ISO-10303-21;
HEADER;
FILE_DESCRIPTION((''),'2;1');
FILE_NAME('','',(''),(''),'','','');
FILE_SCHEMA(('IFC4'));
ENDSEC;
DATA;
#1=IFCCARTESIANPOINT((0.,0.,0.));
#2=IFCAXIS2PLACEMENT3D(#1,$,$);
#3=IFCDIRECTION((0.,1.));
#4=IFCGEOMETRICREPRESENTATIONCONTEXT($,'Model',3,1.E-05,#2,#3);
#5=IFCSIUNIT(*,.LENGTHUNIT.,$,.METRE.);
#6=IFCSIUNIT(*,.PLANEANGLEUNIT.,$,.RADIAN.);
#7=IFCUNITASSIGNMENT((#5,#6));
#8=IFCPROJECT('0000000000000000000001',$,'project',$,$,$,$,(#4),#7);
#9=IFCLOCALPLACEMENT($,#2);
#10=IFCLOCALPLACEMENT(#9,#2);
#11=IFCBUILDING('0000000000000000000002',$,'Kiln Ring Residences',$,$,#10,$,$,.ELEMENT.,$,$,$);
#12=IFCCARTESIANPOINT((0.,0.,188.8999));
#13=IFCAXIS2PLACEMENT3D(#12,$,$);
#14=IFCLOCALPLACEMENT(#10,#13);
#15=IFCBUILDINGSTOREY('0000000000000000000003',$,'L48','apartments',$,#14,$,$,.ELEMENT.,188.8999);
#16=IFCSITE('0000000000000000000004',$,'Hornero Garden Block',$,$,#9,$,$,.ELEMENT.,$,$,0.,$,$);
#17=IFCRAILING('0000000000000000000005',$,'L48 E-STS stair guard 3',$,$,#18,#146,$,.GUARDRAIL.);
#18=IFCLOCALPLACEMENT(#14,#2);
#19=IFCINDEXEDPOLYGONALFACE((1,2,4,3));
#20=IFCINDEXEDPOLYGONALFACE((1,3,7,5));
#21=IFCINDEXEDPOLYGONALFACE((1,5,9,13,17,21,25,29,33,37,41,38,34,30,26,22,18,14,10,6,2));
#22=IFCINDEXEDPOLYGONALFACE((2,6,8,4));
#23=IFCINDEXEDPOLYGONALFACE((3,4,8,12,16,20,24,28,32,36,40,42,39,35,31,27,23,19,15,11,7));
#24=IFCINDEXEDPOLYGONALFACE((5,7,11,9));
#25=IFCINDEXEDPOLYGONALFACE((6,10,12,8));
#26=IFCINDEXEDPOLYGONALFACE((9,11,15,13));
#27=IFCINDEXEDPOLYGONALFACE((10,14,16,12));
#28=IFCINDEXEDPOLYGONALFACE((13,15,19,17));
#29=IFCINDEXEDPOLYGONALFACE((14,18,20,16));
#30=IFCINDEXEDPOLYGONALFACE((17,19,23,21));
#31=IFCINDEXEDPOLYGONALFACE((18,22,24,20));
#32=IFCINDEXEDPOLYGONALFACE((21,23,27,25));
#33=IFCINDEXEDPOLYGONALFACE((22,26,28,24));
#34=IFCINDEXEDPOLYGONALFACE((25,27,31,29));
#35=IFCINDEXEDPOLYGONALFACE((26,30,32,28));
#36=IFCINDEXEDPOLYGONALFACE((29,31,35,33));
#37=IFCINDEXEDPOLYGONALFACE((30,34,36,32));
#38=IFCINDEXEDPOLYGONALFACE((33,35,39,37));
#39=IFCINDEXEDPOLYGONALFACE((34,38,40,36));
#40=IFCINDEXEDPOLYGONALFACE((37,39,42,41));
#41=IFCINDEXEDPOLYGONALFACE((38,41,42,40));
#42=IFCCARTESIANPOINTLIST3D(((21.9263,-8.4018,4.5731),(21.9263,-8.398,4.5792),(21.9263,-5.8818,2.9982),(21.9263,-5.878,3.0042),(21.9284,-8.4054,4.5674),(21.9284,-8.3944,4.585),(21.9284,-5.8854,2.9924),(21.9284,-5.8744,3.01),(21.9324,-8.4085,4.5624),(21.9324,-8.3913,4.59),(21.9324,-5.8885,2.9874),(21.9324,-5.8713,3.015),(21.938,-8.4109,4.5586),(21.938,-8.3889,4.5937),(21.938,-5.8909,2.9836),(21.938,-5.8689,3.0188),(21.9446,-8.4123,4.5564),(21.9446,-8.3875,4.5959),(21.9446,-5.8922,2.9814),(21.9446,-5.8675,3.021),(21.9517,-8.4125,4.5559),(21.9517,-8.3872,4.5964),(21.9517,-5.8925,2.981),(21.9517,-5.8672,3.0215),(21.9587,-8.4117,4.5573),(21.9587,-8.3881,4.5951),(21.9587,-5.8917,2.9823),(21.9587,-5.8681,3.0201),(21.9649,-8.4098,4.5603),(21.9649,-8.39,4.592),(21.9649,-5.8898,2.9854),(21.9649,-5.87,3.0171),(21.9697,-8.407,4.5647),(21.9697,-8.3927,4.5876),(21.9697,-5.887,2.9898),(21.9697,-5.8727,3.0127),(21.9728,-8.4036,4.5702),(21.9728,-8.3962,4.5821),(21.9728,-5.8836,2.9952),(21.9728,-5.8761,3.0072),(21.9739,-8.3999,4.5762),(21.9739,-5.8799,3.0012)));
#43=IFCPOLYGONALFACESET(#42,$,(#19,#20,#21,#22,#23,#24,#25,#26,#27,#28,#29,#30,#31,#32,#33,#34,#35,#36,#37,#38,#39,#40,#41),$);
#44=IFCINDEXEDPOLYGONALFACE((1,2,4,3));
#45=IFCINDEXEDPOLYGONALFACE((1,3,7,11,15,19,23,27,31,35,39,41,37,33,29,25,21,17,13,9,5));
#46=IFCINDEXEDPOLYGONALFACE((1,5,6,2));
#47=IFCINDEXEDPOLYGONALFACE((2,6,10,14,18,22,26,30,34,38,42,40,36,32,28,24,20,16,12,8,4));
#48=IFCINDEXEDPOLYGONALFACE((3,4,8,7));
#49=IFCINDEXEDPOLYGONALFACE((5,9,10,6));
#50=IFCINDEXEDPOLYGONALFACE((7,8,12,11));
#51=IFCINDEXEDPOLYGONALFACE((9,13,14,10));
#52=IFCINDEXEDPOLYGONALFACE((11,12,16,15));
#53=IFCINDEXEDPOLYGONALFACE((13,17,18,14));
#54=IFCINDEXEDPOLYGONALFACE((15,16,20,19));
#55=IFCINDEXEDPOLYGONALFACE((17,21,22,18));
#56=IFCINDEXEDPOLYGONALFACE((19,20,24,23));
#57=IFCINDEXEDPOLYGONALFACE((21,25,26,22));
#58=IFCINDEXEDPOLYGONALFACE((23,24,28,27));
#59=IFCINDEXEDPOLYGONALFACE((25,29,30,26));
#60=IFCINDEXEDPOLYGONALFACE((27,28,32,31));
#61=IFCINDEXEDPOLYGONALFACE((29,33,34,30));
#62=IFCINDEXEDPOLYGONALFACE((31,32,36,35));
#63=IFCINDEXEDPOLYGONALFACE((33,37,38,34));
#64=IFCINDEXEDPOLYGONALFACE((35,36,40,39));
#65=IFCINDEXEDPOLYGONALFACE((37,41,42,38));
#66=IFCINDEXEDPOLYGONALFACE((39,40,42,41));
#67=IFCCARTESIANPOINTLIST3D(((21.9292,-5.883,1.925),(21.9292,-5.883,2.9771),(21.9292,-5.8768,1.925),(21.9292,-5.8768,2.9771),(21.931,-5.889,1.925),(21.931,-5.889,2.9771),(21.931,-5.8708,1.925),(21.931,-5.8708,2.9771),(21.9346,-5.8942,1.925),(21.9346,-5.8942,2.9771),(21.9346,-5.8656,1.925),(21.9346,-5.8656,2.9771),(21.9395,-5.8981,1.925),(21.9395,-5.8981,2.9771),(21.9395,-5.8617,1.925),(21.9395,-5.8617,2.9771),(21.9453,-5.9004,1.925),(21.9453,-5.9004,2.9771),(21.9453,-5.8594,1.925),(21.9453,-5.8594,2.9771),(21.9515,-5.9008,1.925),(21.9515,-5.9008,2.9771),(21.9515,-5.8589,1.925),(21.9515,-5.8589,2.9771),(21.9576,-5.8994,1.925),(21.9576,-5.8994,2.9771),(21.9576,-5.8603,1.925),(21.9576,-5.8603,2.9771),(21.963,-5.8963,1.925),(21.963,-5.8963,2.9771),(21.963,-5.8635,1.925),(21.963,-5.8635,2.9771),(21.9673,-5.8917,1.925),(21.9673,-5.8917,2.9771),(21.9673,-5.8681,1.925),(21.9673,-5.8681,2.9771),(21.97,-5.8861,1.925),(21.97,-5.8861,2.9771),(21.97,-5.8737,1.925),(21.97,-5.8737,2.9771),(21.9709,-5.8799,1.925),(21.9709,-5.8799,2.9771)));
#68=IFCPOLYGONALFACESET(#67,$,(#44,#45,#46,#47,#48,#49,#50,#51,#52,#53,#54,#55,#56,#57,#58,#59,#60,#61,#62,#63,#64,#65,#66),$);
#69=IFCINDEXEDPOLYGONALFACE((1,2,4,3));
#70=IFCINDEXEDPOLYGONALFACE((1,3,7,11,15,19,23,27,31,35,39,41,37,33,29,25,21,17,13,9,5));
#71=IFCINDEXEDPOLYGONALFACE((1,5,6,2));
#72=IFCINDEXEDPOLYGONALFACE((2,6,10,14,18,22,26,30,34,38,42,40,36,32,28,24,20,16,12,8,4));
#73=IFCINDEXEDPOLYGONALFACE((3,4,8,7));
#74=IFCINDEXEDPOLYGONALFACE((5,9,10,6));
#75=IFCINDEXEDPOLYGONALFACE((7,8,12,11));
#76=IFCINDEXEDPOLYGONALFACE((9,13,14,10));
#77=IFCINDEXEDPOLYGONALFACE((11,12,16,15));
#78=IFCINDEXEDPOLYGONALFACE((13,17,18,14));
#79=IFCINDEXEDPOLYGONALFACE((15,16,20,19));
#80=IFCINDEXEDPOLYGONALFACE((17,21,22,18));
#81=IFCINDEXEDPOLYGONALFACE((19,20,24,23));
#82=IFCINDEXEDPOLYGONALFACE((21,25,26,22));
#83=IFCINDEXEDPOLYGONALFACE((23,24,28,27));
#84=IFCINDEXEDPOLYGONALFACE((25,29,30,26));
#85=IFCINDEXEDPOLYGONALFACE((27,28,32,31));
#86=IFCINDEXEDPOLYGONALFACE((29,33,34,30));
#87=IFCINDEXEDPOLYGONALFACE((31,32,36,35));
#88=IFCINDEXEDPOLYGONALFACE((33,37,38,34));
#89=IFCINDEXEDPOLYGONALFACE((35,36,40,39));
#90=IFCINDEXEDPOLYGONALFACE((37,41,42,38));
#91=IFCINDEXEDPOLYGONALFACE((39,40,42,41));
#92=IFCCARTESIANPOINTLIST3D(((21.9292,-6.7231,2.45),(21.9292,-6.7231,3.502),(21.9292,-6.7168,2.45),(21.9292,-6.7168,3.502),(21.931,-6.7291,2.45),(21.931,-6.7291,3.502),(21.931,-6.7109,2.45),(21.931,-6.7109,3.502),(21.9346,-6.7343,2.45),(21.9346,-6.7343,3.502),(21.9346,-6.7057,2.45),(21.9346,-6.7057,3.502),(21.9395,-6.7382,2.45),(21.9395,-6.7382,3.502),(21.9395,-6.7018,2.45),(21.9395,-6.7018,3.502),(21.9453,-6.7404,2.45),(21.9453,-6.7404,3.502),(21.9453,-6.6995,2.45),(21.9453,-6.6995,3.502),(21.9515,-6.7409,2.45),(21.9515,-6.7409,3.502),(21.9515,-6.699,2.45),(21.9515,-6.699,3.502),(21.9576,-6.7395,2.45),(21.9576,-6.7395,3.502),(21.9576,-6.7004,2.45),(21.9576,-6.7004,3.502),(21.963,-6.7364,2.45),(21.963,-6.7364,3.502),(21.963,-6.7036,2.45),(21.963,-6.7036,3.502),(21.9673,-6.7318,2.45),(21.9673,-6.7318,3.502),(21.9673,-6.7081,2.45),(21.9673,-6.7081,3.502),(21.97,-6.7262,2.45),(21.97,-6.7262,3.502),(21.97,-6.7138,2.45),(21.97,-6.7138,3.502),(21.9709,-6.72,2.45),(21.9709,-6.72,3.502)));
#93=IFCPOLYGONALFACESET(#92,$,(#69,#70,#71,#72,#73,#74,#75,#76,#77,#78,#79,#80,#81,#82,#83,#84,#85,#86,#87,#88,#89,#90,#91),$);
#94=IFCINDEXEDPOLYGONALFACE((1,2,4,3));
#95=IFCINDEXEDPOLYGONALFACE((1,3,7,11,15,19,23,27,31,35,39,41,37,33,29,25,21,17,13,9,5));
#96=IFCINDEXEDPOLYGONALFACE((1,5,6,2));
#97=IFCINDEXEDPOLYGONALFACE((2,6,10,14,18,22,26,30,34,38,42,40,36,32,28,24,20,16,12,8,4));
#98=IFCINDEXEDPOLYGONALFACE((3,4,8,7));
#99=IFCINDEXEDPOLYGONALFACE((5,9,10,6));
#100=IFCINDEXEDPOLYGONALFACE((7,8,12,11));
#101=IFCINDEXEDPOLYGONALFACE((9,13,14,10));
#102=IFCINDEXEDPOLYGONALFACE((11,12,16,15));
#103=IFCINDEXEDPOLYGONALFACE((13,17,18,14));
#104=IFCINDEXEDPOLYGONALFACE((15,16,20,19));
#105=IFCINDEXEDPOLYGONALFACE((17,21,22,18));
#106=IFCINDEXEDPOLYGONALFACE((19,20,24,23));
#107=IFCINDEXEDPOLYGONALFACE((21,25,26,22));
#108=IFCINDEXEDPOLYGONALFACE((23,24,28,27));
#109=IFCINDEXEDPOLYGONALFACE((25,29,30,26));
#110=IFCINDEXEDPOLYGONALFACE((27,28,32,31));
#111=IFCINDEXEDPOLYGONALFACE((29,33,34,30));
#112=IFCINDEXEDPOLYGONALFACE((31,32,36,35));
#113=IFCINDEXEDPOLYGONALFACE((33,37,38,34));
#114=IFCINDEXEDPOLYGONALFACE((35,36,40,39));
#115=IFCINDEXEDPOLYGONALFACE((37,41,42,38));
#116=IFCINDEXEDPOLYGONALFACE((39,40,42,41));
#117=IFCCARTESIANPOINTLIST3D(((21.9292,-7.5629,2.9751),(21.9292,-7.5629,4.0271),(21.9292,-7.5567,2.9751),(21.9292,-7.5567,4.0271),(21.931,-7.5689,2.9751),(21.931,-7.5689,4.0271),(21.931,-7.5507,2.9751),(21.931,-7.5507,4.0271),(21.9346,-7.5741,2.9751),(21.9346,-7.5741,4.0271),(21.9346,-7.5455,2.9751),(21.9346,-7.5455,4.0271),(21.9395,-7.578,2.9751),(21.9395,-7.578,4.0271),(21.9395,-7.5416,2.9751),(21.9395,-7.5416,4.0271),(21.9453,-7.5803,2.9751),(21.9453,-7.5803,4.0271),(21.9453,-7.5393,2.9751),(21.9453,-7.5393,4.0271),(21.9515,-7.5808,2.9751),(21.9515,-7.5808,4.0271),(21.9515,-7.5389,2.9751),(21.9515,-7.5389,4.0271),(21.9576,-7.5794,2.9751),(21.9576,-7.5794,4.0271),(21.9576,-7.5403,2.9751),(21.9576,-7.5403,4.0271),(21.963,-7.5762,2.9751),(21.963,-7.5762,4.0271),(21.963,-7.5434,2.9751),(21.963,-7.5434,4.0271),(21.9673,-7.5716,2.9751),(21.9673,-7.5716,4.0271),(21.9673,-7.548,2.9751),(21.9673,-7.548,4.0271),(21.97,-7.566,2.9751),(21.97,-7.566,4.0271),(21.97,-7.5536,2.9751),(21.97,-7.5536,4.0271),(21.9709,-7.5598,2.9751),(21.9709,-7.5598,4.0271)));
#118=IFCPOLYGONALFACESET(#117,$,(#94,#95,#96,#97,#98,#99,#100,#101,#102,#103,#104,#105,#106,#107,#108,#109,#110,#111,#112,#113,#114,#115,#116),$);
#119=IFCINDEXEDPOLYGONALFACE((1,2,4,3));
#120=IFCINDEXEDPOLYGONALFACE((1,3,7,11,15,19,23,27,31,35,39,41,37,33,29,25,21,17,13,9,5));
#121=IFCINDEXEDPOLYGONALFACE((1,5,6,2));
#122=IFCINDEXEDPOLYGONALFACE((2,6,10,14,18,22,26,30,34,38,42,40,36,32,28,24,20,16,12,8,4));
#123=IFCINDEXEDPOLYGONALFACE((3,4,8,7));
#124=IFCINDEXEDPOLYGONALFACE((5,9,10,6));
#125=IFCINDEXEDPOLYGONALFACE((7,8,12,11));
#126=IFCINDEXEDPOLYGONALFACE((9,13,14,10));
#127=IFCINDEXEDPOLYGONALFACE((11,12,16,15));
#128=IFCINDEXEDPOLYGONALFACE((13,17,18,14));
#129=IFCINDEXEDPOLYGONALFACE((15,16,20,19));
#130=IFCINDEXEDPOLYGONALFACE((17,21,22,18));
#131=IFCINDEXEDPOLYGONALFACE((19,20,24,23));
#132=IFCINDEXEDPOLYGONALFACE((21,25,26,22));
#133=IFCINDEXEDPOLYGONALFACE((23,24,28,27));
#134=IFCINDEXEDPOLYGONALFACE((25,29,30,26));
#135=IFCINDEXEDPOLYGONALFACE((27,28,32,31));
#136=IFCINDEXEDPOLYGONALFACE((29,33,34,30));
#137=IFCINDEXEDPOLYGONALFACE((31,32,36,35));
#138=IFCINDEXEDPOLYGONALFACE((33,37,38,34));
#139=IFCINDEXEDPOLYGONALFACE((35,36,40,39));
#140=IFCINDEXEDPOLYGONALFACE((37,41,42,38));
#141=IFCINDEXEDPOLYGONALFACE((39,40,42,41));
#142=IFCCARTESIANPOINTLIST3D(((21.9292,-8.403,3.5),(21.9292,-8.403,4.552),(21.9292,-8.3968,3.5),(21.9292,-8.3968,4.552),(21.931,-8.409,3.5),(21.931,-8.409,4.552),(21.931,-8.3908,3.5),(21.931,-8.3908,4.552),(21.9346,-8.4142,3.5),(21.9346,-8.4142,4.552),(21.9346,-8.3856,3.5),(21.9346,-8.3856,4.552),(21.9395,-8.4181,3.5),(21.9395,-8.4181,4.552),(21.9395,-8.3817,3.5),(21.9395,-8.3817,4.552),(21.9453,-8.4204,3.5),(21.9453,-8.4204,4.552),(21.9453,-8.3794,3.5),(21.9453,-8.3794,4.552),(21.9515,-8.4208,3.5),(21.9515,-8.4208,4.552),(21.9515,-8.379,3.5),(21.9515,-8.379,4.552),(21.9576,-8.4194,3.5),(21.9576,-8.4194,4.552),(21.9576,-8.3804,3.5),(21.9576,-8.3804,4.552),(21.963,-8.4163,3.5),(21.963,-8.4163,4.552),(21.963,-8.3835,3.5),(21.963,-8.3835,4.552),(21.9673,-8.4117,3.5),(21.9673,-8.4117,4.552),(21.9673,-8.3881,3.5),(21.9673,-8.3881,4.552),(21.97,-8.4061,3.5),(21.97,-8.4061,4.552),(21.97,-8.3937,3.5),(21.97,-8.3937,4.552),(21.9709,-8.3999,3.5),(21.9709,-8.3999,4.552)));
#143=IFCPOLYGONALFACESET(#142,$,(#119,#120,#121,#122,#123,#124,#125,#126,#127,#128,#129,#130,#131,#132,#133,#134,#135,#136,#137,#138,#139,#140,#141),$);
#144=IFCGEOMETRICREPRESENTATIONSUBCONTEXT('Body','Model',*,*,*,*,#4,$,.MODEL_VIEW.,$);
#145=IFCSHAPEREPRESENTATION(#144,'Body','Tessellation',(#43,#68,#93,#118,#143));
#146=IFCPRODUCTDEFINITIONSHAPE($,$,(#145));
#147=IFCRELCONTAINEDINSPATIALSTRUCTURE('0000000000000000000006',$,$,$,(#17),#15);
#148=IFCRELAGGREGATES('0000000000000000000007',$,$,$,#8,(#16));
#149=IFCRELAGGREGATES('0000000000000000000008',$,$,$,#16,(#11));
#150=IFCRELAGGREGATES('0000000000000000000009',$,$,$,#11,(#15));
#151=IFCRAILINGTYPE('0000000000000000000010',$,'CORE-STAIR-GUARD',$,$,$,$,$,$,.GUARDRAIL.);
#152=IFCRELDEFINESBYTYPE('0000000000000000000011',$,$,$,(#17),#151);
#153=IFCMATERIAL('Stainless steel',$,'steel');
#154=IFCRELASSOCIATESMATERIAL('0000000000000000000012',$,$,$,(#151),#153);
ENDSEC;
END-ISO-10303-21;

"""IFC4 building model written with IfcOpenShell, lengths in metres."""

from ifc_helpers import new_model, si_unit, direction, frame, origin, origin_2d, place, context, subcontext, project, spatial, circle, extrude, material, type_object, element, save


model = new_model("IFC4")

# Units and contexts
model_context = context("Model", 3, precision=1e-05, world=origin(), true_north=direction((0.0, 1.0)))
body_context = subcontext(model_context, "Body", "Model", "MODEL_VIEW")
ifc_project = project(units=[si_unit("LENGTHUNIT", "METRE"), si_unit("PLANEANGLEUNIT", "RADIAN")], contexts=[model_context])

# Site, building, storey
site_placement = place(None, origin())
site = spatial("IfcSite", under=ifc_project, at=site_placement, Name="Hornero Garden Block", CompositionType="ELEMENT", RefElevation=0.0)
building_placement = place(site_placement, origin())
building = spatial("IfcBuilding", under=site, at=building_placement, Name="Kiln Ring Residences", CompositionType="ELEMENT")
storey_placement = place(building_placement, frame((0.0, 0.0, 188.8999)))
storey = spatial("IfcBuildingStorey", under=building, at=storey_placement, Name="L48", Description="apartments", CompositionType="ELEMENT", Elevation=188.8999)

# Railing
ifc_material_1 = material(Name="Stainless steel", Category="steel")
railing_type_1 = type_object("IfcRailingType", Name="CORE-STAIR-GUARD", PredefinedType="GUARDRAIL", material=ifc_material_1)
railing_1_placement = place(storey_placement, frame((21.95, -5.8799, 1.925)))
element("IfcRailing", 1, at=railing_1_placement, inside=storey, type_object=railing_type_1, Name="L48 E-STS stair guard 3", PredefinedType="GUARDRAIL", context=body_context, shape_type="SweptSolid", body=[
    extrude(circle(Radius=0.0239, at=origin_2d()), frame((0.0, 0.0, 1.0762), z_axis=(0.0, -0.848008, 0.529984), x_axis=(1.0, 0.0, 0.0)), (0.0, 0.0, 1.0), 2.9717),
    extrude(circle(Radius=0.021, at=origin_2d()), origin(), (0.0, 0.0, 1.0), 1.052),
    extrude(circle(Radius=0.021, at=origin_2d()), frame((0.0, -0.8401, 0.5249)), (0.0, 0.0, 1.0), 1.052),
    extrude(circle(Radius=0.021, at=origin_2d()), frame((0.0, -1.6799, 1.05)), (0.0, 0.0, 1.0), 1.052),
    extrude(circle(Radius=0.021, at=origin_2d()), frame((0.0, -2.52, 1.575)), (0.0, 0.0, 1.0), 1.052),
])

save(model, "model.ifc")
